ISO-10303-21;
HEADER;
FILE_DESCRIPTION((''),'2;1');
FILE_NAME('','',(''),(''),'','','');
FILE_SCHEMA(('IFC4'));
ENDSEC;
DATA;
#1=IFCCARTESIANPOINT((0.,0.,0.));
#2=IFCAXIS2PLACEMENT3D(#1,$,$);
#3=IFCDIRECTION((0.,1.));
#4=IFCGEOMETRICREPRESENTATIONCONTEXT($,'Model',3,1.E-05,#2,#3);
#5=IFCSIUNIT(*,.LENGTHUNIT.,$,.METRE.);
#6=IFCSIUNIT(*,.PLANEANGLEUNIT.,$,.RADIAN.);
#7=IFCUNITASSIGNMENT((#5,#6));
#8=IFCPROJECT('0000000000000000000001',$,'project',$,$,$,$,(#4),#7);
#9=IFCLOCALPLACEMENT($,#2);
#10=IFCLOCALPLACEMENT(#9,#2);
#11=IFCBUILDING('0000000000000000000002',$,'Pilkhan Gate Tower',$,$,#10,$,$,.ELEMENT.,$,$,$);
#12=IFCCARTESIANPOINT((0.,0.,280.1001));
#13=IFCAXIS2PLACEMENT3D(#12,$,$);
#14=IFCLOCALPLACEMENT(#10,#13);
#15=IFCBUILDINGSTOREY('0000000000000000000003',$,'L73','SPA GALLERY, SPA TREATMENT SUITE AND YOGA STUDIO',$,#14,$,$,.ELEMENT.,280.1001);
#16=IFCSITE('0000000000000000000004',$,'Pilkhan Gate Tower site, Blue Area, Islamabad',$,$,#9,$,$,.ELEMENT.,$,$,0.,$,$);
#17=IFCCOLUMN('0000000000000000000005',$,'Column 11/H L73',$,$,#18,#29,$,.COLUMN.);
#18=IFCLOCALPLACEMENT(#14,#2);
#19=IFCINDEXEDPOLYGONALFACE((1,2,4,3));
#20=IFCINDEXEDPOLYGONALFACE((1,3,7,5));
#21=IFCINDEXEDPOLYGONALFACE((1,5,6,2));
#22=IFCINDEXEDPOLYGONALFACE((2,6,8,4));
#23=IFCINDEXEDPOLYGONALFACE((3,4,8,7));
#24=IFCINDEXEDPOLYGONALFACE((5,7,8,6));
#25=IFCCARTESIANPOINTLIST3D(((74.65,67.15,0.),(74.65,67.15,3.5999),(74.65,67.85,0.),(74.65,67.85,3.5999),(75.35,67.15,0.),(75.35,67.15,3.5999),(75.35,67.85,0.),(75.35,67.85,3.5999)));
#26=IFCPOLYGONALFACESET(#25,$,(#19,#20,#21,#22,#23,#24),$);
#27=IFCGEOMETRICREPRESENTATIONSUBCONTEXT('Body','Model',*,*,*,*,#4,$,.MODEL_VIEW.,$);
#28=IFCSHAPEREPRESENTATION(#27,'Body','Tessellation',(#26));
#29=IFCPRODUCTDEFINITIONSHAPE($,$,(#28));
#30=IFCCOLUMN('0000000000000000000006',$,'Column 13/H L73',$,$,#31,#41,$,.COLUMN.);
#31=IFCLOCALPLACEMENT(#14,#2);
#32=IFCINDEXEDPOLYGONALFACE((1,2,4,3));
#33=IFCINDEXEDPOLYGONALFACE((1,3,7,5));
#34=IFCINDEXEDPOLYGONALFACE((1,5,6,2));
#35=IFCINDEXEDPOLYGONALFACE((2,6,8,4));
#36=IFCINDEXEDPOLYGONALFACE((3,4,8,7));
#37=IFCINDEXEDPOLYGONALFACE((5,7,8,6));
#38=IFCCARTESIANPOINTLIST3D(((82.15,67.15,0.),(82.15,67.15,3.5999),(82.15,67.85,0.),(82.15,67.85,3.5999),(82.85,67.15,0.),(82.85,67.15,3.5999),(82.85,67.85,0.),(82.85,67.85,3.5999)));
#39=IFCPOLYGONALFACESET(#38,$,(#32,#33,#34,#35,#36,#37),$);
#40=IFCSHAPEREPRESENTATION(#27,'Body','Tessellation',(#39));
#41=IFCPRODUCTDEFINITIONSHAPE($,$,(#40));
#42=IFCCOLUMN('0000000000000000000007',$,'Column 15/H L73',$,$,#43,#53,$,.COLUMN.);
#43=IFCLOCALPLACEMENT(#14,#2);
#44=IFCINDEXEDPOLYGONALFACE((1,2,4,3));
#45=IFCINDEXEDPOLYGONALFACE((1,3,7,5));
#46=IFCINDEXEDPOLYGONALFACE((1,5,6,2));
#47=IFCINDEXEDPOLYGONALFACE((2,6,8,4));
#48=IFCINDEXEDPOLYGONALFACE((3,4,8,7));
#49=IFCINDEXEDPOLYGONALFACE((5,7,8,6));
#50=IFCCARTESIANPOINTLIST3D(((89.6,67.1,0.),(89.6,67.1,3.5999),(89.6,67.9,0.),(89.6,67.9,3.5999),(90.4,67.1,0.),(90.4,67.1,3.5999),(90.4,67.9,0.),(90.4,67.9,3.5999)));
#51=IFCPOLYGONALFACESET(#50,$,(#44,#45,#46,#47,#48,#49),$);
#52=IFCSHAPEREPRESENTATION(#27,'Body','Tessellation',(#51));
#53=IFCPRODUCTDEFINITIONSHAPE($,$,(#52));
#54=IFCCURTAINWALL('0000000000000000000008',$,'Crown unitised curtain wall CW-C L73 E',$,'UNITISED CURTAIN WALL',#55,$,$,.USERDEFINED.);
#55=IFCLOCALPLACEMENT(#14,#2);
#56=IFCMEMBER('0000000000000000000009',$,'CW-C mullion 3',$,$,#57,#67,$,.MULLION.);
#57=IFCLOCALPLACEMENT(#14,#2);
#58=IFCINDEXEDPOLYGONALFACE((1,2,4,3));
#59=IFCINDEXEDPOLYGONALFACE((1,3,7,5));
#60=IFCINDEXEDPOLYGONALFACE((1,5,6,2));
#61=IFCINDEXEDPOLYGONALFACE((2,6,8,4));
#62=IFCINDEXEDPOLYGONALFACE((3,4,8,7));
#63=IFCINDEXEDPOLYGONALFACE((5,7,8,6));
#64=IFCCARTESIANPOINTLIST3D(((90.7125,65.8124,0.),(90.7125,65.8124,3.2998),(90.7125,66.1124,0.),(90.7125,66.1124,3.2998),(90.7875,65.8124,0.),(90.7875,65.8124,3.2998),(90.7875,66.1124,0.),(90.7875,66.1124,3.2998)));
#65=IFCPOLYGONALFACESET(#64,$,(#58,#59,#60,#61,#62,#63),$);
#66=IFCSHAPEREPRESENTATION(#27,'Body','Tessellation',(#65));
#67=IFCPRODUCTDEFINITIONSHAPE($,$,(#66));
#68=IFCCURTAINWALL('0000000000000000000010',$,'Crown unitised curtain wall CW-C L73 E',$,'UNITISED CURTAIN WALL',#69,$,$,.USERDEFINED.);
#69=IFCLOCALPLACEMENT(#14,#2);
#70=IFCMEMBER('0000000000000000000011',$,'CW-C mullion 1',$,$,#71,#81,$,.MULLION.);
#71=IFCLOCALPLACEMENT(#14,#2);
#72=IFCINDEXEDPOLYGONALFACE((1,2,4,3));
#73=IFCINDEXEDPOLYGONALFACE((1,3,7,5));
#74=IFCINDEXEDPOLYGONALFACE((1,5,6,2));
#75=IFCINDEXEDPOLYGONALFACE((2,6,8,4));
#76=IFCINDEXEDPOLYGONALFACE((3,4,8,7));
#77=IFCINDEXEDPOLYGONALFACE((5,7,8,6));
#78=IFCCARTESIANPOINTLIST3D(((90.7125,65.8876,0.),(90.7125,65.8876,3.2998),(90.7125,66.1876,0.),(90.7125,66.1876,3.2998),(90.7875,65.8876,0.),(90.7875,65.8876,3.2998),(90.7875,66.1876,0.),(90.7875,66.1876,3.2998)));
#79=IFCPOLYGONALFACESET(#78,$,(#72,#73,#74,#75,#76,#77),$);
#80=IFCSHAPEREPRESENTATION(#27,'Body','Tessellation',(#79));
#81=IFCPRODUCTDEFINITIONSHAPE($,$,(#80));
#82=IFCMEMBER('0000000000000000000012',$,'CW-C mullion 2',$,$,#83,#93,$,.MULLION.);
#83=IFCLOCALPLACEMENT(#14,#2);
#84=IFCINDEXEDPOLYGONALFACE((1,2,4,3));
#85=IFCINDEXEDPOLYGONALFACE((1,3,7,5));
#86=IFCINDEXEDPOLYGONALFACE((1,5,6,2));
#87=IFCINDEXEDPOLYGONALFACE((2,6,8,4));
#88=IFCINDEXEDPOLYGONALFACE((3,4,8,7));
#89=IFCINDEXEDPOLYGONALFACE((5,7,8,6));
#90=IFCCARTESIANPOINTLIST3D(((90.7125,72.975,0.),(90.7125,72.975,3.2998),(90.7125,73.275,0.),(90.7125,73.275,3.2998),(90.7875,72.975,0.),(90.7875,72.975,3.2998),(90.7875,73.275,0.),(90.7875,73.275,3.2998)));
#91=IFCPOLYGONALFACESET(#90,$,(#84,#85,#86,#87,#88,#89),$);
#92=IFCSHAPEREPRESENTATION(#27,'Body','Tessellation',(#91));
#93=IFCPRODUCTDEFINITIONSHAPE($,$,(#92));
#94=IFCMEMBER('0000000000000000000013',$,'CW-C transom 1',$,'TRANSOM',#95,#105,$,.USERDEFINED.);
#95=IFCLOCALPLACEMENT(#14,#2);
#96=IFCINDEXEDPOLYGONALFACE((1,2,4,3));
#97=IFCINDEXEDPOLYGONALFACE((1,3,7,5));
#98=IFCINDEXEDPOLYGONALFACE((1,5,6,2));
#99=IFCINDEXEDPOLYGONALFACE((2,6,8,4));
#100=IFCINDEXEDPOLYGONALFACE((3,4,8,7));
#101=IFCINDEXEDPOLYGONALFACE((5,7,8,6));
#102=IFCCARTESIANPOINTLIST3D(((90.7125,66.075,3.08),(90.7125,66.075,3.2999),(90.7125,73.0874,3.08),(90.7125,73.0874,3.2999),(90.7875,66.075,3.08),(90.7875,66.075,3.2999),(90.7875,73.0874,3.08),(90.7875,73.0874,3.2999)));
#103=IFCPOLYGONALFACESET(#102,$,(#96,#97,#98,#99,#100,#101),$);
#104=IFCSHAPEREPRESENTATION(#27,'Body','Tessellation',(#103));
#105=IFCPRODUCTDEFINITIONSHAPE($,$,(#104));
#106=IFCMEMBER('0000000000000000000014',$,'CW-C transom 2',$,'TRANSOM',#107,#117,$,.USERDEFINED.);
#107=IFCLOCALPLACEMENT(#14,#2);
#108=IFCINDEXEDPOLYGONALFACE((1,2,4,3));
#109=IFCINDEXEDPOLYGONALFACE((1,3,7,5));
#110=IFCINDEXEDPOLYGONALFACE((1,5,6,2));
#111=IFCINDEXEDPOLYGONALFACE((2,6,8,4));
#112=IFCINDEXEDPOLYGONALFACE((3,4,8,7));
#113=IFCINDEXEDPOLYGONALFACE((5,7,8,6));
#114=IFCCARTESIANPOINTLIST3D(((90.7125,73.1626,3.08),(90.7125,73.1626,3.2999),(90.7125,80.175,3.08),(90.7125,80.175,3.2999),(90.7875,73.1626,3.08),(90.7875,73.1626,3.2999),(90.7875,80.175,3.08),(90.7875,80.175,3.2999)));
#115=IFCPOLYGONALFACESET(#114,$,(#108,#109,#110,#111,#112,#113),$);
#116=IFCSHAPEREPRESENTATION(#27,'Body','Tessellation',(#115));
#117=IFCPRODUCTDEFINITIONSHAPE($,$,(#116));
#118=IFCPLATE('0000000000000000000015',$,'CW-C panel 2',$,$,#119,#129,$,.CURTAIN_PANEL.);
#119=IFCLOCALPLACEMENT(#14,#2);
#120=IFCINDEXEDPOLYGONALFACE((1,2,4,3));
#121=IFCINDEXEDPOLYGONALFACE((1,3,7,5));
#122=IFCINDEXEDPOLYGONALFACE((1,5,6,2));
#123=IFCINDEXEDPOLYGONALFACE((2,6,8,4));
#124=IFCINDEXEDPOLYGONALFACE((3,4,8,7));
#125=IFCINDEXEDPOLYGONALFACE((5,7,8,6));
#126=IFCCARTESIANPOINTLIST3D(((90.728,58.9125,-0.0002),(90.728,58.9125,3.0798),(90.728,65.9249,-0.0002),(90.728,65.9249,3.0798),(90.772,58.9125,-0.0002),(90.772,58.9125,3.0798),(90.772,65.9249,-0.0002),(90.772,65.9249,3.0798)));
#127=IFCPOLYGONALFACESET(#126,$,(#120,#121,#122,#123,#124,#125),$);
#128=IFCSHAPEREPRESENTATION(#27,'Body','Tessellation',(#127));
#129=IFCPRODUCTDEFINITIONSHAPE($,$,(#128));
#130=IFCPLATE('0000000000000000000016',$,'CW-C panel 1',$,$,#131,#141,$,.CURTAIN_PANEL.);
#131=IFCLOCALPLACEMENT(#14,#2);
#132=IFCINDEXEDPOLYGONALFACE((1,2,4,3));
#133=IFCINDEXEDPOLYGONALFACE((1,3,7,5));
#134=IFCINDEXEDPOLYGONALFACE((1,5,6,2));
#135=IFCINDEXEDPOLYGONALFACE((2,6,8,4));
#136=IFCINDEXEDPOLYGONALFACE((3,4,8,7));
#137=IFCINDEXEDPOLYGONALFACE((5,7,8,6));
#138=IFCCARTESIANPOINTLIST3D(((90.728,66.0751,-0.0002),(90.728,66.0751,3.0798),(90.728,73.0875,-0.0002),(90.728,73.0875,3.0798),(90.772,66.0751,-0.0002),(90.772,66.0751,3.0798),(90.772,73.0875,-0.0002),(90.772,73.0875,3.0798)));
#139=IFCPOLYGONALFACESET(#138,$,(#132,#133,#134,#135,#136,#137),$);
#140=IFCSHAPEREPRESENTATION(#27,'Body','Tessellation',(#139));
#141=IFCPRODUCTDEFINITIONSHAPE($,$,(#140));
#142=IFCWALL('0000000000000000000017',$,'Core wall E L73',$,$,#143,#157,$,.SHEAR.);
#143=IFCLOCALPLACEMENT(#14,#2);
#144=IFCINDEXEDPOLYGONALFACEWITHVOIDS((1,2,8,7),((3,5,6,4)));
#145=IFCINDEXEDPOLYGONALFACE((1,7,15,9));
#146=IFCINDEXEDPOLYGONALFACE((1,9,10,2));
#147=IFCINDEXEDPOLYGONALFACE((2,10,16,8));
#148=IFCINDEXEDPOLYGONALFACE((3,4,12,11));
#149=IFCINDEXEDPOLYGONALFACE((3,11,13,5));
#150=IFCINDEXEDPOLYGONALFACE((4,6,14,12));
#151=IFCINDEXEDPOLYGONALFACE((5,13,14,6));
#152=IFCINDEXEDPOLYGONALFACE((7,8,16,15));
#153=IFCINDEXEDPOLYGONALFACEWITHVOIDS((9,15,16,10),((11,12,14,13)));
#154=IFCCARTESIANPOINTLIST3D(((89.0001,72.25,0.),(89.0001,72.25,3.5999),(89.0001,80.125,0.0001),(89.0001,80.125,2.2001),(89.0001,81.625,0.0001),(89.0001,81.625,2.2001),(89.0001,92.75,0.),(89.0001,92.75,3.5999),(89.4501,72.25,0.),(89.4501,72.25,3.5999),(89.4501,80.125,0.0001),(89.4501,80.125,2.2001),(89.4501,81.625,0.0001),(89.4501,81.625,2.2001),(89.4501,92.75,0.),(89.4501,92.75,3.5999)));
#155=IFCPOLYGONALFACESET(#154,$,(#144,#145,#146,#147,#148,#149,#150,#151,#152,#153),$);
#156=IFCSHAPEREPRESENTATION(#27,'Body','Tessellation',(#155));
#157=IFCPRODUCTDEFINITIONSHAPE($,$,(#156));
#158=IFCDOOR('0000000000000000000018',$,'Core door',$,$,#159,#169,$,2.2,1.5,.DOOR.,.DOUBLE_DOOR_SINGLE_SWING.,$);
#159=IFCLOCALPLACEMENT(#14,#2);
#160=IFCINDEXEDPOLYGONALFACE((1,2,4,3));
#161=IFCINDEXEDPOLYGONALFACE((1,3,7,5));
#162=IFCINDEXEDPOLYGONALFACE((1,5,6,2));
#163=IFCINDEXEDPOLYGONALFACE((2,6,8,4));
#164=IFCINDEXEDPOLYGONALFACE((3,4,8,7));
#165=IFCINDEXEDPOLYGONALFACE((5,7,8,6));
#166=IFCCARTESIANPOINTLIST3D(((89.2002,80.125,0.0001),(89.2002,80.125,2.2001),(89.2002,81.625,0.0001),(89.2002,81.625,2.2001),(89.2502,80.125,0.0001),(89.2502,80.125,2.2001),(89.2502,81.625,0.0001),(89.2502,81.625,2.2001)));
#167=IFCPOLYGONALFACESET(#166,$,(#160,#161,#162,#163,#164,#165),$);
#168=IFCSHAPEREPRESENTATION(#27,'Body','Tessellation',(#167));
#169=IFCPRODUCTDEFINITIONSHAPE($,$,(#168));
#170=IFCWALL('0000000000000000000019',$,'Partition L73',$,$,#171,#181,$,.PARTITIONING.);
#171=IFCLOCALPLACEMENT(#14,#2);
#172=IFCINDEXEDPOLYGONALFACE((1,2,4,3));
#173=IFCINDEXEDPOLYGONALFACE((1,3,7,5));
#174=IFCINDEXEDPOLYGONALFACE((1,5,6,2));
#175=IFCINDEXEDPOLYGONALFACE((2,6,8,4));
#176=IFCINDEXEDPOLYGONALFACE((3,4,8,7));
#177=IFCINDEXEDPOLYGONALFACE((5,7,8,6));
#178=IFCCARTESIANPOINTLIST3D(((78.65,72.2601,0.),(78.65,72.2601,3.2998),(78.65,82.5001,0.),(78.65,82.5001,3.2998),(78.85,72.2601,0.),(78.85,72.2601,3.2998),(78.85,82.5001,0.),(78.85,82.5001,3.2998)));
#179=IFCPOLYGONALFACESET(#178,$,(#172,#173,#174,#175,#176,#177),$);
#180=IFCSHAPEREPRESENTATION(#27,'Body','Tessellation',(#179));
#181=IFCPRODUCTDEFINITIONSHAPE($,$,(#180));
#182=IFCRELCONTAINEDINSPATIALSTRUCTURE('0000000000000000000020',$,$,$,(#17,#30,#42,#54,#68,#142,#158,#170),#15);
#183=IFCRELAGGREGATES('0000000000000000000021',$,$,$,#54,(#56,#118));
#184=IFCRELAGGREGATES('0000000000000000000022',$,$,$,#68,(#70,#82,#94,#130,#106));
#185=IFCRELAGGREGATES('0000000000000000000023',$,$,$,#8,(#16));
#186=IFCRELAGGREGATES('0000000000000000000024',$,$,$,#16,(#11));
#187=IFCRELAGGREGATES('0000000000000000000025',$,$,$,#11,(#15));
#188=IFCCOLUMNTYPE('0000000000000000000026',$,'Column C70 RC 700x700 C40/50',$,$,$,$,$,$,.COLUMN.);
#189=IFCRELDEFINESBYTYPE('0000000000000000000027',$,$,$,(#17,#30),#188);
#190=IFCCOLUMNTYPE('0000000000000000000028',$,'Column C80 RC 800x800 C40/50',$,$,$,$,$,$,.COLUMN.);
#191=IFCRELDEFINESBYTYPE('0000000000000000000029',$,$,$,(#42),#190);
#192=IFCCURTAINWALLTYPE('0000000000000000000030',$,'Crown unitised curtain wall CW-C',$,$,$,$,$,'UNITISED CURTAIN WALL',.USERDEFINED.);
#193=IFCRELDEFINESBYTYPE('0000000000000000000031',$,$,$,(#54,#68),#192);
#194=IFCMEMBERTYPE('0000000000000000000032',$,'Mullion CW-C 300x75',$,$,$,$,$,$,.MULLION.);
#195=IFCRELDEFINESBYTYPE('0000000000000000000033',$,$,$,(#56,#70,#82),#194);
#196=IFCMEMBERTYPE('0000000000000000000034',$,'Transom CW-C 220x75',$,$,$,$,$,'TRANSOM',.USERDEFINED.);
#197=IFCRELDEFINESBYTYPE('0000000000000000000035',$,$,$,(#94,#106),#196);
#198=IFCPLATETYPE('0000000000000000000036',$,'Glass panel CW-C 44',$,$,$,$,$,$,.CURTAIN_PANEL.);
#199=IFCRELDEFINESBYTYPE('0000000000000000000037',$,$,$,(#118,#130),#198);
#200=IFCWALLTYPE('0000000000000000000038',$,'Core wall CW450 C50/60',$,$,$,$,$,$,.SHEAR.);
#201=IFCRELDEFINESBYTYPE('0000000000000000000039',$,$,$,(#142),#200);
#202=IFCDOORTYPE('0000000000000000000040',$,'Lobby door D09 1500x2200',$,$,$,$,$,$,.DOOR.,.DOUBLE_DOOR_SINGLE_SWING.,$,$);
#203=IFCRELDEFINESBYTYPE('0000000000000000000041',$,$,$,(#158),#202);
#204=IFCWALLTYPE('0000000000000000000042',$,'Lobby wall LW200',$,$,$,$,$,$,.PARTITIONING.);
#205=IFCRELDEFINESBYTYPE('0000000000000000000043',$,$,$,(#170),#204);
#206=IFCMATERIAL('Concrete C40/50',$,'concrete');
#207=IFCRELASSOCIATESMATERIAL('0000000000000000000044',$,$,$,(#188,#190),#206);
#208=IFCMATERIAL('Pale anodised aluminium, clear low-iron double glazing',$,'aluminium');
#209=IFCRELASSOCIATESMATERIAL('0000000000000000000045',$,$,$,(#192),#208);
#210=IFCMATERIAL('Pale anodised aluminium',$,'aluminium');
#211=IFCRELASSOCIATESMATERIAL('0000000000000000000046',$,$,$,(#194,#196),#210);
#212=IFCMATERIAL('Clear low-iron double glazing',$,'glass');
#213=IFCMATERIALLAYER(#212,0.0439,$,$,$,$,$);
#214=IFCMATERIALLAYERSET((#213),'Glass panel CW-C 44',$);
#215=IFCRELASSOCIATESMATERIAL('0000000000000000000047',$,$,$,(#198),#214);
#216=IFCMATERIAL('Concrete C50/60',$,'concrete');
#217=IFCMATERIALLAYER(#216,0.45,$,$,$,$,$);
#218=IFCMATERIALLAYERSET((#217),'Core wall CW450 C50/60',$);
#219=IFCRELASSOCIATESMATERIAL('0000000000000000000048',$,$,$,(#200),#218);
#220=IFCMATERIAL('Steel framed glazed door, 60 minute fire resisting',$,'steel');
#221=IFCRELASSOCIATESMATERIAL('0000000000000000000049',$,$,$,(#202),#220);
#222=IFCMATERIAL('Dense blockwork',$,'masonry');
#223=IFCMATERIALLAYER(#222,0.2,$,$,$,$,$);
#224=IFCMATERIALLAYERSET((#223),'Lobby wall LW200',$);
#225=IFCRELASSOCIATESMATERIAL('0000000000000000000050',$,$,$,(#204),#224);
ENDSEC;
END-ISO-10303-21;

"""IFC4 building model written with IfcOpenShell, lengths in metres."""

from ifc_helpers import new_model, si_unit, direction, frame, frame_2d, origin, origin_2d, place, context, subcontext, project, spatial, rectangle, extrude, material, layer, layer_set, material_profile, profile_set, type_object, element, fill, aggregate, save


model = new_model("IFC4")

# Units and contexts
model_context = context("Model", 3, precision=1e-05, world=origin(), true_north=direction((0.0, 1.0)))
body_context = subcontext(model_context, "Body", "Model", "MODEL_VIEW")
ifc_project = project(units=[si_unit("LENGTHUNIT", "METRE"), si_unit("PLANEANGLEUNIT", "RADIAN")], contexts=[model_context])

# Site, building, storey
site_placement = place(None, origin())
site = spatial("IfcSite", under=ifc_project, at=site_placement, Name="Pilkhan Gate Tower site, Blue Area, Islamabad", CompositionType="ELEMENT", RefElevation=0.0)
building_placement = place(site_placement, origin())
building = spatial("IfcBuilding", under=site, at=building_placement, Name="Pilkhan Gate Tower", CompositionType="ELEMENT")
storey_placement = place(building_placement, frame((0.0, 0.0, 280.1001)))
storey = spatial("IfcBuildingStorey", under=building, at=storey_placement, Name="L73", Description="SPA GALLERY, SPA TREATMENT SUITE AND YOGA STUDIO", CompositionType="ELEMENT", Elevation=280.1001)

# Columns
ifc_material_1 = material(Name="Concrete C40/50", Category="concrete")
ifc_material_profile_1 = material_profile(ifc_material_1, rectangle(XDim=0.7, YDim=0.7, at=origin_2d()), Name="RC 700x700")
ifc_profile_set_1 = profile_set([ifc_material_profile_1], Name="Concrete C40/50")
column_type_1 = type_object("IfcColumnType", Name="Column C70 RC 700x700 C40/50", PredefinedType="COLUMN", material=ifc_profile_set_1)
for number, where, z_axis, x_axis, name in (
    (1, (75.0, 67.5, 0.0), (0.0, 0.0, 1.0), (1.0, 0.0, 0.0), "Column 11/H L73"),
    (2, (82.5, 67.5, 0.0), (0.0, 0.0, 1.0), (1.0, 0.0, 0.0), "Column 13/H L73"),
):
    element("IfcColumn", number, at=place(storey_placement, frame(where, z_axis=z_axis, x_axis=x_axis)), inside=storey, type_object=column_type_1, Name=name, PredefinedType="COLUMN", context=body_context, shape_type="SweptSolid", body=[
        extrude(rectangle(XDim=0.7, YDim=0.7, at=origin_2d()), origin(), (0.0, 0.0, 1.0), 3.5999),
    ])
ifc_material_profile_2 = material_profile(ifc_material_1, rectangle(XDim=0.8, YDim=0.8, at=origin_2d()), Name="RC 800x800")
ifc_profile_set_2 = profile_set([ifc_material_profile_2], Name="Concrete C40/50")
column_type_2 = type_object("IfcColumnType", Name="Column C80 RC 800x800 C40/50", PredefinedType="COLUMN", material=ifc_profile_set_2)
column_placement = place(storey_placement, frame((90.0, 67.5, 0.0), z_axis=(0.0, 0.0, 1.0), x_axis=(1.0, 0.0, 0.0)))
element("IfcColumn", 3, at=column_placement, inside=storey, type_object=column_type_2, Name="Column 15/H L73", PredefinedType="COLUMN", context=body_context, shape_type="SweptSolid", body=[
    extrude(rectangle(XDim=0.8, YDim=0.8, at=origin_2d()), origin(), (0.0, 0.0, 1.0), 3.5999),
])

# Curtain wall, member
ifc_material_2 = material(Name="Pale anodised aluminium, clear low-iron double glazing", Category="aluminium")
curtain_wall_type = type_object("IfcCurtainWallType", Name="Crown unitised curtain wall CW-C", ElementType="UNITISED CURTAIN WALL", PredefinedType="USERDEFINED", material=ifc_material_2)
curtain_wall_1_placement = place(storey_placement, origin())
curtain_wall_1 = element("IfcCurtainWall", 4, at=curtain_wall_1_placement, inside=storey, type_object=curtain_wall_type, Name="Crown unitised curtain wall CW-C L73 E", ObjectType="UNITISED CURTAIN WALL", PredefinedType="USERDEFINED")
ifc_material_3 = material(Name="Pale anodised aluminium", Category="aluminium")
ifc_material_profile_3 = material_profile(ifc_material_3, rectangle(XDim=0.075, YDim=0.3, at=origin_2d()), Name="Mullion 300x75")
ifc_profile_set_3 = profile_set([ifc_material_profile_3], Name="Pale anodised aluminium")
member_type_1 = type_object("IfcMemberType", Name="Mullion CW-C 300x75", PredefinedType="MULLION", material=ifc_profile_set_3)
member_1_placement = place(storey_placement, frame((90.75, 65.9624, 0.0), z_axis=(0.0, 0.0, 1.0), x_axis=(-1.0, 0.0, 0.0)))
member_1 = element("IfcMember", 5, at=member_1_placement, type_object=member_type_1, Name="CW-C mullion 3", PredefinedType="MULLION", context=body_context, shape_type="SweptSolid", body=[
    extrude(rectangle(XDim=0.075, YDim=0.3, at=origin_2d()), origin(), (0.0, 0.0, 1.0), 3.2998),
])

# Curtain wall, members
curtain_wall_2_placement = place(storey_placement, origin())
curtain_wall_2 = element("IfcCurtainWall", 6, at=curtain_wall_2_placement, inside=storey, type_object=curtain_wall_type, Name="Crown unitised curtain wall CW-C L73 E", ObjectType="UNITISED CURTAIN WALL", PredefinedType="USERDEFINED")
member_2_placement = place(storey_placement, frame((90.75, 66.0376, 0.0), z_axis=(0.0, 0.0, 1.0), x_axis=(-1.0, 0.0, 0.0)))
member_2 = element("IfcMember", 7, at=member_2_placement, type_object=member_type_1, Name="CW-C mullion 1", PredefinedType="MULLION", context=body_context, shape_type="SweptSolid", body=[
    extrude(rectangle(XDim=0.075, YDim=0.3, at=origin_2d()), origin(), (0.0, 0.0, 1.0), 3.2998),
])
member_3_placement = place(storey_placement, frame((90.75, 73.125, 0.0), z_axis=(0.0, 0.0, 1.0), x_axis=(-1.0, 0.0, 0.0)))
member_3 = element("IfcMember", 8, at=member_3_placement, type_object=member_type_1, Name="CW-C mullion 2", PredefinedType="MULLION", context=body_context, shape_type="SweptSolid", body=[
    extrude(rectangle(XDim=0.075, YDim=0.3, at=origin_2d()), origin(), (0.0, 0.0, 1.0), 3.2998),
])
ifc_material_profile_4 = material_profile(ifc_material_3, rectangle(XDim=0.075, YDim=0.22, at=origin_2d()), Name="Transom 220x75")
ifc_profile_set_4 = profile_set([ifc_material_profile_4], Name="Pale anodised aluminium")
member_type_2 = type_object("IfcMemberType", Name="Transom CW-C 220x75", ElementType="TRANSOM", PredefinedType="USERDEFINED", material=ifc_profile_set_4)
member_4_placement = place(storey_placement, frame((90.75, 66.075, 3.1899), z_axis=(0.0, 1.0, 0.0), x_axis=(-1.0, 0.0, 0.0)))
member_4 = element("IfcMember", 9, at=member_4_placement, type_object=member_type_2, Name="CW-C transom 1", ObjectType="TRANSOM", PredefinedType="USERDEFINED", context=body_context, shape_type="SweptSolid", body=[
    extrude(rectangle(XDim=0.075, YDim=0.22, at=origin_2d()), origin(), (0.0, 0.0, 1.0), 7.0125),
])
member_5_placement = place(storey_placement, frame((90.75, 73.1626, 3.1899), z_axis=(0.0, 1.0, 0.0), x_axis=(-1.0, 0.0, 0.0)))
member_5 = element("IfcMember", 10, at=member_5_placement, type_object=member_type_2, Name="CW-C transom 2", ObjectType="TRANSOM", PredefinedType="USERDEFINED", context=body_context, shape_type="SweptSolid", body=[
    extrude(rectangle(XDim=0.075, YDim=0.22, at=origin_2d()), origin(), (0.0, 0.0, 1.0), 7.0125),
])

# Plates
ifc_material_4 = material(Name="Clear low-iron double glazing", Category="glass")
ifc_layer_1 = layer(ifc_material_4, 0.0439)
ifc_layer_set_1 = layer_set([ifc_layer_1], Name="Glass panel CW-C 44")
plate_type = type_object("IfcPlateType", Name="Glass panel CW-C 44", PredefinedType="CURTAIN_PANEL", material=ifc_layer_set_1)
plate_1_placement = place(storey_placement, frame((90.75, 62.4187, -0.0002), z_axis=(0.0, 0.0, 1.0), x_axis=(0.0, 1.0, 0.0)))
plate_1 = element("IfcPlate", 11, at=plate_1_placement, type_object=plate_type, Name="CW-C panel 2", PredefinedType="CURTAIN_PANEL", context=body_context, shape_type="SweptSolid", body=[
    extrude(rectangle(XDim=7.0125, YDim=0.0439, at=origin_2d()), origin(), (0.0, 0.0, 1.0), 3.0801),
])
aggregate(curtain_wall_1, [member_1, plate_1])
plate_2_placement = place(storey_placement, frame((90.75, 69.5813, -0.0002), z_axis=(0.0, 0.0, 1.0), x_axis=(0.0, 1.0, 0.0)))
plate_2 = element("IfcPlate", 12, at=plate_2_placement, type_object=plate_type, Name="CW-C panel 1", PredefinedType="CURTAIN_PANEL", context=body_context, shape_type="SweptSolid", body=[
    extrude(rectangle(XDim=7.0125, YDim=0.0439, at=origin_2d()), origin(), (0.0, 0.0, 1.0), 3.0801),
])
aggregate(curtain_wall_2, [member_2, member_3, member_4, plate_2, member_5])

# Wall, opening, door
ifc_material_5 = material(Name="Concrete C50/60", Category="concrete")
ifc_layer_2 = layer(ifc_material_5, 0.45)
ifc_layer_set_2 = layer_set([ifc_layer_2], Name="Core wall CW450 C50/60")
wall_type_1 = type_object("IfcWallType", Name="Core wall CW450 C50/60", PredefinedType="SHEAR", material=ifc_layer_set_2)
wall_1_placement = place(storey_placement, frame((89.2251, 72.25, 0.0), z_axis=(0.0, 0.0, 1.0), x_axis=(0.0, 1.0, 0.0)))
wall_1 = element("IfcWall", 13, at=wall_1_placement, inside=storey, type_object=wall_type_1, Name="Core wall E L73", PredefinedType="SHEAR", context=body_context, shape_type="SweptSolid", body=[
    extrude(rectangle(XDim=20.5, YDim=0.45, at=frame_2d((10.25, 0.0))), origin(), (0.0, 0.0, 1.0), 3.5999),
])
opening_1_placement = place(wall_1_placement, frame((7.875, 0.0, 0.0)))
opening_1 = element("IfcOpeningElement", 14, at=opening_1_placement, cuts=wall_1, PredefinedType="OPENING", context=body_context, shape_type="SweptSolid", body=[
    extrude(rectangle(XDim=1.5, YDim=2.2, at=frame_2d((0.75, 1.1001))), frame((0.0, 0.2349, 0.0), z_axis=(0.0, -1.0, 0.0), x_axis=(1.0, 0.0, 0.0)), (0.0, 0.0, 1.0), 0.47),
])
ifc_material_6 = material(Name="Steel framed glazed door, 60 minute fire resisting", Category="steel")
door_type_1 = type_object("IfcDoorType", Name="Lobby door D09 1500x2200", OperationType="DOUBLE_DOOR_SINGLE_SWING", PredefinedType="DOOR", material=ifc_material_6)
door_1_placement = place(opening_1_placement, origin())
door_1 = element("IfcDoor", 15, at=door_1_placement, inside=storey, type_object=door_type_1, Name="Core door", OperationType="DOUBLE_DOOR_SINGLE_SWING", OverallHeight=2.2, OverallWidth=1.5, PredefinedType="DOOR", context=body_context, shape_type="SweptSolid", body=[
    extrude(rectangle(XDim=1.5, YDim=2.2, at=frame_2d((0.75, 1.1001))), frame((0.0, 0.0249, 0.0), z_axis=(0.0, -1.0, 0.0), x_axis=(1.0, 0.0, 0.0)), (0.0, 0.0, 1.0), 0.05),
])
fill(opening_1, door_1)

# Wall
ifc_material_7 = material(Name="Dense blockwork", Category="masonry")
ifc_layer_3 = layer(ifc_material_7, 0.2)
ifc_layer_set_3 = layer_set([ifc_layer_3], Name="Lobby wall LW200")
wall_type_2 = type_object("IfcWallType", Name="Lobby wall LW200", PredefinedType="PARTITIONING", material=ifc_layer_set_3)
wall_2_placement = place(storey_placement, frame((78.75, 72.26, 0.0), z_axis=(0.0, 0.0, 1.0), x_axis=(0.0, 1.0, 0.0)))
element("IfcWall", 16, at=wall_2_placement, inside=storey, type_object=wall_type_2, Name="Partition L73", PredefinedType="PARTITIONING", context=body_context, shape_type="SweptSolid", body=[
    extrude(rectangle(XDim=10.24, YDim=0.2, at=frame_2d((5.1201, 0.0))), origin(), (0.0, 0.0, 1.0), 3.2998),
])

save(model, "model.ifc")
